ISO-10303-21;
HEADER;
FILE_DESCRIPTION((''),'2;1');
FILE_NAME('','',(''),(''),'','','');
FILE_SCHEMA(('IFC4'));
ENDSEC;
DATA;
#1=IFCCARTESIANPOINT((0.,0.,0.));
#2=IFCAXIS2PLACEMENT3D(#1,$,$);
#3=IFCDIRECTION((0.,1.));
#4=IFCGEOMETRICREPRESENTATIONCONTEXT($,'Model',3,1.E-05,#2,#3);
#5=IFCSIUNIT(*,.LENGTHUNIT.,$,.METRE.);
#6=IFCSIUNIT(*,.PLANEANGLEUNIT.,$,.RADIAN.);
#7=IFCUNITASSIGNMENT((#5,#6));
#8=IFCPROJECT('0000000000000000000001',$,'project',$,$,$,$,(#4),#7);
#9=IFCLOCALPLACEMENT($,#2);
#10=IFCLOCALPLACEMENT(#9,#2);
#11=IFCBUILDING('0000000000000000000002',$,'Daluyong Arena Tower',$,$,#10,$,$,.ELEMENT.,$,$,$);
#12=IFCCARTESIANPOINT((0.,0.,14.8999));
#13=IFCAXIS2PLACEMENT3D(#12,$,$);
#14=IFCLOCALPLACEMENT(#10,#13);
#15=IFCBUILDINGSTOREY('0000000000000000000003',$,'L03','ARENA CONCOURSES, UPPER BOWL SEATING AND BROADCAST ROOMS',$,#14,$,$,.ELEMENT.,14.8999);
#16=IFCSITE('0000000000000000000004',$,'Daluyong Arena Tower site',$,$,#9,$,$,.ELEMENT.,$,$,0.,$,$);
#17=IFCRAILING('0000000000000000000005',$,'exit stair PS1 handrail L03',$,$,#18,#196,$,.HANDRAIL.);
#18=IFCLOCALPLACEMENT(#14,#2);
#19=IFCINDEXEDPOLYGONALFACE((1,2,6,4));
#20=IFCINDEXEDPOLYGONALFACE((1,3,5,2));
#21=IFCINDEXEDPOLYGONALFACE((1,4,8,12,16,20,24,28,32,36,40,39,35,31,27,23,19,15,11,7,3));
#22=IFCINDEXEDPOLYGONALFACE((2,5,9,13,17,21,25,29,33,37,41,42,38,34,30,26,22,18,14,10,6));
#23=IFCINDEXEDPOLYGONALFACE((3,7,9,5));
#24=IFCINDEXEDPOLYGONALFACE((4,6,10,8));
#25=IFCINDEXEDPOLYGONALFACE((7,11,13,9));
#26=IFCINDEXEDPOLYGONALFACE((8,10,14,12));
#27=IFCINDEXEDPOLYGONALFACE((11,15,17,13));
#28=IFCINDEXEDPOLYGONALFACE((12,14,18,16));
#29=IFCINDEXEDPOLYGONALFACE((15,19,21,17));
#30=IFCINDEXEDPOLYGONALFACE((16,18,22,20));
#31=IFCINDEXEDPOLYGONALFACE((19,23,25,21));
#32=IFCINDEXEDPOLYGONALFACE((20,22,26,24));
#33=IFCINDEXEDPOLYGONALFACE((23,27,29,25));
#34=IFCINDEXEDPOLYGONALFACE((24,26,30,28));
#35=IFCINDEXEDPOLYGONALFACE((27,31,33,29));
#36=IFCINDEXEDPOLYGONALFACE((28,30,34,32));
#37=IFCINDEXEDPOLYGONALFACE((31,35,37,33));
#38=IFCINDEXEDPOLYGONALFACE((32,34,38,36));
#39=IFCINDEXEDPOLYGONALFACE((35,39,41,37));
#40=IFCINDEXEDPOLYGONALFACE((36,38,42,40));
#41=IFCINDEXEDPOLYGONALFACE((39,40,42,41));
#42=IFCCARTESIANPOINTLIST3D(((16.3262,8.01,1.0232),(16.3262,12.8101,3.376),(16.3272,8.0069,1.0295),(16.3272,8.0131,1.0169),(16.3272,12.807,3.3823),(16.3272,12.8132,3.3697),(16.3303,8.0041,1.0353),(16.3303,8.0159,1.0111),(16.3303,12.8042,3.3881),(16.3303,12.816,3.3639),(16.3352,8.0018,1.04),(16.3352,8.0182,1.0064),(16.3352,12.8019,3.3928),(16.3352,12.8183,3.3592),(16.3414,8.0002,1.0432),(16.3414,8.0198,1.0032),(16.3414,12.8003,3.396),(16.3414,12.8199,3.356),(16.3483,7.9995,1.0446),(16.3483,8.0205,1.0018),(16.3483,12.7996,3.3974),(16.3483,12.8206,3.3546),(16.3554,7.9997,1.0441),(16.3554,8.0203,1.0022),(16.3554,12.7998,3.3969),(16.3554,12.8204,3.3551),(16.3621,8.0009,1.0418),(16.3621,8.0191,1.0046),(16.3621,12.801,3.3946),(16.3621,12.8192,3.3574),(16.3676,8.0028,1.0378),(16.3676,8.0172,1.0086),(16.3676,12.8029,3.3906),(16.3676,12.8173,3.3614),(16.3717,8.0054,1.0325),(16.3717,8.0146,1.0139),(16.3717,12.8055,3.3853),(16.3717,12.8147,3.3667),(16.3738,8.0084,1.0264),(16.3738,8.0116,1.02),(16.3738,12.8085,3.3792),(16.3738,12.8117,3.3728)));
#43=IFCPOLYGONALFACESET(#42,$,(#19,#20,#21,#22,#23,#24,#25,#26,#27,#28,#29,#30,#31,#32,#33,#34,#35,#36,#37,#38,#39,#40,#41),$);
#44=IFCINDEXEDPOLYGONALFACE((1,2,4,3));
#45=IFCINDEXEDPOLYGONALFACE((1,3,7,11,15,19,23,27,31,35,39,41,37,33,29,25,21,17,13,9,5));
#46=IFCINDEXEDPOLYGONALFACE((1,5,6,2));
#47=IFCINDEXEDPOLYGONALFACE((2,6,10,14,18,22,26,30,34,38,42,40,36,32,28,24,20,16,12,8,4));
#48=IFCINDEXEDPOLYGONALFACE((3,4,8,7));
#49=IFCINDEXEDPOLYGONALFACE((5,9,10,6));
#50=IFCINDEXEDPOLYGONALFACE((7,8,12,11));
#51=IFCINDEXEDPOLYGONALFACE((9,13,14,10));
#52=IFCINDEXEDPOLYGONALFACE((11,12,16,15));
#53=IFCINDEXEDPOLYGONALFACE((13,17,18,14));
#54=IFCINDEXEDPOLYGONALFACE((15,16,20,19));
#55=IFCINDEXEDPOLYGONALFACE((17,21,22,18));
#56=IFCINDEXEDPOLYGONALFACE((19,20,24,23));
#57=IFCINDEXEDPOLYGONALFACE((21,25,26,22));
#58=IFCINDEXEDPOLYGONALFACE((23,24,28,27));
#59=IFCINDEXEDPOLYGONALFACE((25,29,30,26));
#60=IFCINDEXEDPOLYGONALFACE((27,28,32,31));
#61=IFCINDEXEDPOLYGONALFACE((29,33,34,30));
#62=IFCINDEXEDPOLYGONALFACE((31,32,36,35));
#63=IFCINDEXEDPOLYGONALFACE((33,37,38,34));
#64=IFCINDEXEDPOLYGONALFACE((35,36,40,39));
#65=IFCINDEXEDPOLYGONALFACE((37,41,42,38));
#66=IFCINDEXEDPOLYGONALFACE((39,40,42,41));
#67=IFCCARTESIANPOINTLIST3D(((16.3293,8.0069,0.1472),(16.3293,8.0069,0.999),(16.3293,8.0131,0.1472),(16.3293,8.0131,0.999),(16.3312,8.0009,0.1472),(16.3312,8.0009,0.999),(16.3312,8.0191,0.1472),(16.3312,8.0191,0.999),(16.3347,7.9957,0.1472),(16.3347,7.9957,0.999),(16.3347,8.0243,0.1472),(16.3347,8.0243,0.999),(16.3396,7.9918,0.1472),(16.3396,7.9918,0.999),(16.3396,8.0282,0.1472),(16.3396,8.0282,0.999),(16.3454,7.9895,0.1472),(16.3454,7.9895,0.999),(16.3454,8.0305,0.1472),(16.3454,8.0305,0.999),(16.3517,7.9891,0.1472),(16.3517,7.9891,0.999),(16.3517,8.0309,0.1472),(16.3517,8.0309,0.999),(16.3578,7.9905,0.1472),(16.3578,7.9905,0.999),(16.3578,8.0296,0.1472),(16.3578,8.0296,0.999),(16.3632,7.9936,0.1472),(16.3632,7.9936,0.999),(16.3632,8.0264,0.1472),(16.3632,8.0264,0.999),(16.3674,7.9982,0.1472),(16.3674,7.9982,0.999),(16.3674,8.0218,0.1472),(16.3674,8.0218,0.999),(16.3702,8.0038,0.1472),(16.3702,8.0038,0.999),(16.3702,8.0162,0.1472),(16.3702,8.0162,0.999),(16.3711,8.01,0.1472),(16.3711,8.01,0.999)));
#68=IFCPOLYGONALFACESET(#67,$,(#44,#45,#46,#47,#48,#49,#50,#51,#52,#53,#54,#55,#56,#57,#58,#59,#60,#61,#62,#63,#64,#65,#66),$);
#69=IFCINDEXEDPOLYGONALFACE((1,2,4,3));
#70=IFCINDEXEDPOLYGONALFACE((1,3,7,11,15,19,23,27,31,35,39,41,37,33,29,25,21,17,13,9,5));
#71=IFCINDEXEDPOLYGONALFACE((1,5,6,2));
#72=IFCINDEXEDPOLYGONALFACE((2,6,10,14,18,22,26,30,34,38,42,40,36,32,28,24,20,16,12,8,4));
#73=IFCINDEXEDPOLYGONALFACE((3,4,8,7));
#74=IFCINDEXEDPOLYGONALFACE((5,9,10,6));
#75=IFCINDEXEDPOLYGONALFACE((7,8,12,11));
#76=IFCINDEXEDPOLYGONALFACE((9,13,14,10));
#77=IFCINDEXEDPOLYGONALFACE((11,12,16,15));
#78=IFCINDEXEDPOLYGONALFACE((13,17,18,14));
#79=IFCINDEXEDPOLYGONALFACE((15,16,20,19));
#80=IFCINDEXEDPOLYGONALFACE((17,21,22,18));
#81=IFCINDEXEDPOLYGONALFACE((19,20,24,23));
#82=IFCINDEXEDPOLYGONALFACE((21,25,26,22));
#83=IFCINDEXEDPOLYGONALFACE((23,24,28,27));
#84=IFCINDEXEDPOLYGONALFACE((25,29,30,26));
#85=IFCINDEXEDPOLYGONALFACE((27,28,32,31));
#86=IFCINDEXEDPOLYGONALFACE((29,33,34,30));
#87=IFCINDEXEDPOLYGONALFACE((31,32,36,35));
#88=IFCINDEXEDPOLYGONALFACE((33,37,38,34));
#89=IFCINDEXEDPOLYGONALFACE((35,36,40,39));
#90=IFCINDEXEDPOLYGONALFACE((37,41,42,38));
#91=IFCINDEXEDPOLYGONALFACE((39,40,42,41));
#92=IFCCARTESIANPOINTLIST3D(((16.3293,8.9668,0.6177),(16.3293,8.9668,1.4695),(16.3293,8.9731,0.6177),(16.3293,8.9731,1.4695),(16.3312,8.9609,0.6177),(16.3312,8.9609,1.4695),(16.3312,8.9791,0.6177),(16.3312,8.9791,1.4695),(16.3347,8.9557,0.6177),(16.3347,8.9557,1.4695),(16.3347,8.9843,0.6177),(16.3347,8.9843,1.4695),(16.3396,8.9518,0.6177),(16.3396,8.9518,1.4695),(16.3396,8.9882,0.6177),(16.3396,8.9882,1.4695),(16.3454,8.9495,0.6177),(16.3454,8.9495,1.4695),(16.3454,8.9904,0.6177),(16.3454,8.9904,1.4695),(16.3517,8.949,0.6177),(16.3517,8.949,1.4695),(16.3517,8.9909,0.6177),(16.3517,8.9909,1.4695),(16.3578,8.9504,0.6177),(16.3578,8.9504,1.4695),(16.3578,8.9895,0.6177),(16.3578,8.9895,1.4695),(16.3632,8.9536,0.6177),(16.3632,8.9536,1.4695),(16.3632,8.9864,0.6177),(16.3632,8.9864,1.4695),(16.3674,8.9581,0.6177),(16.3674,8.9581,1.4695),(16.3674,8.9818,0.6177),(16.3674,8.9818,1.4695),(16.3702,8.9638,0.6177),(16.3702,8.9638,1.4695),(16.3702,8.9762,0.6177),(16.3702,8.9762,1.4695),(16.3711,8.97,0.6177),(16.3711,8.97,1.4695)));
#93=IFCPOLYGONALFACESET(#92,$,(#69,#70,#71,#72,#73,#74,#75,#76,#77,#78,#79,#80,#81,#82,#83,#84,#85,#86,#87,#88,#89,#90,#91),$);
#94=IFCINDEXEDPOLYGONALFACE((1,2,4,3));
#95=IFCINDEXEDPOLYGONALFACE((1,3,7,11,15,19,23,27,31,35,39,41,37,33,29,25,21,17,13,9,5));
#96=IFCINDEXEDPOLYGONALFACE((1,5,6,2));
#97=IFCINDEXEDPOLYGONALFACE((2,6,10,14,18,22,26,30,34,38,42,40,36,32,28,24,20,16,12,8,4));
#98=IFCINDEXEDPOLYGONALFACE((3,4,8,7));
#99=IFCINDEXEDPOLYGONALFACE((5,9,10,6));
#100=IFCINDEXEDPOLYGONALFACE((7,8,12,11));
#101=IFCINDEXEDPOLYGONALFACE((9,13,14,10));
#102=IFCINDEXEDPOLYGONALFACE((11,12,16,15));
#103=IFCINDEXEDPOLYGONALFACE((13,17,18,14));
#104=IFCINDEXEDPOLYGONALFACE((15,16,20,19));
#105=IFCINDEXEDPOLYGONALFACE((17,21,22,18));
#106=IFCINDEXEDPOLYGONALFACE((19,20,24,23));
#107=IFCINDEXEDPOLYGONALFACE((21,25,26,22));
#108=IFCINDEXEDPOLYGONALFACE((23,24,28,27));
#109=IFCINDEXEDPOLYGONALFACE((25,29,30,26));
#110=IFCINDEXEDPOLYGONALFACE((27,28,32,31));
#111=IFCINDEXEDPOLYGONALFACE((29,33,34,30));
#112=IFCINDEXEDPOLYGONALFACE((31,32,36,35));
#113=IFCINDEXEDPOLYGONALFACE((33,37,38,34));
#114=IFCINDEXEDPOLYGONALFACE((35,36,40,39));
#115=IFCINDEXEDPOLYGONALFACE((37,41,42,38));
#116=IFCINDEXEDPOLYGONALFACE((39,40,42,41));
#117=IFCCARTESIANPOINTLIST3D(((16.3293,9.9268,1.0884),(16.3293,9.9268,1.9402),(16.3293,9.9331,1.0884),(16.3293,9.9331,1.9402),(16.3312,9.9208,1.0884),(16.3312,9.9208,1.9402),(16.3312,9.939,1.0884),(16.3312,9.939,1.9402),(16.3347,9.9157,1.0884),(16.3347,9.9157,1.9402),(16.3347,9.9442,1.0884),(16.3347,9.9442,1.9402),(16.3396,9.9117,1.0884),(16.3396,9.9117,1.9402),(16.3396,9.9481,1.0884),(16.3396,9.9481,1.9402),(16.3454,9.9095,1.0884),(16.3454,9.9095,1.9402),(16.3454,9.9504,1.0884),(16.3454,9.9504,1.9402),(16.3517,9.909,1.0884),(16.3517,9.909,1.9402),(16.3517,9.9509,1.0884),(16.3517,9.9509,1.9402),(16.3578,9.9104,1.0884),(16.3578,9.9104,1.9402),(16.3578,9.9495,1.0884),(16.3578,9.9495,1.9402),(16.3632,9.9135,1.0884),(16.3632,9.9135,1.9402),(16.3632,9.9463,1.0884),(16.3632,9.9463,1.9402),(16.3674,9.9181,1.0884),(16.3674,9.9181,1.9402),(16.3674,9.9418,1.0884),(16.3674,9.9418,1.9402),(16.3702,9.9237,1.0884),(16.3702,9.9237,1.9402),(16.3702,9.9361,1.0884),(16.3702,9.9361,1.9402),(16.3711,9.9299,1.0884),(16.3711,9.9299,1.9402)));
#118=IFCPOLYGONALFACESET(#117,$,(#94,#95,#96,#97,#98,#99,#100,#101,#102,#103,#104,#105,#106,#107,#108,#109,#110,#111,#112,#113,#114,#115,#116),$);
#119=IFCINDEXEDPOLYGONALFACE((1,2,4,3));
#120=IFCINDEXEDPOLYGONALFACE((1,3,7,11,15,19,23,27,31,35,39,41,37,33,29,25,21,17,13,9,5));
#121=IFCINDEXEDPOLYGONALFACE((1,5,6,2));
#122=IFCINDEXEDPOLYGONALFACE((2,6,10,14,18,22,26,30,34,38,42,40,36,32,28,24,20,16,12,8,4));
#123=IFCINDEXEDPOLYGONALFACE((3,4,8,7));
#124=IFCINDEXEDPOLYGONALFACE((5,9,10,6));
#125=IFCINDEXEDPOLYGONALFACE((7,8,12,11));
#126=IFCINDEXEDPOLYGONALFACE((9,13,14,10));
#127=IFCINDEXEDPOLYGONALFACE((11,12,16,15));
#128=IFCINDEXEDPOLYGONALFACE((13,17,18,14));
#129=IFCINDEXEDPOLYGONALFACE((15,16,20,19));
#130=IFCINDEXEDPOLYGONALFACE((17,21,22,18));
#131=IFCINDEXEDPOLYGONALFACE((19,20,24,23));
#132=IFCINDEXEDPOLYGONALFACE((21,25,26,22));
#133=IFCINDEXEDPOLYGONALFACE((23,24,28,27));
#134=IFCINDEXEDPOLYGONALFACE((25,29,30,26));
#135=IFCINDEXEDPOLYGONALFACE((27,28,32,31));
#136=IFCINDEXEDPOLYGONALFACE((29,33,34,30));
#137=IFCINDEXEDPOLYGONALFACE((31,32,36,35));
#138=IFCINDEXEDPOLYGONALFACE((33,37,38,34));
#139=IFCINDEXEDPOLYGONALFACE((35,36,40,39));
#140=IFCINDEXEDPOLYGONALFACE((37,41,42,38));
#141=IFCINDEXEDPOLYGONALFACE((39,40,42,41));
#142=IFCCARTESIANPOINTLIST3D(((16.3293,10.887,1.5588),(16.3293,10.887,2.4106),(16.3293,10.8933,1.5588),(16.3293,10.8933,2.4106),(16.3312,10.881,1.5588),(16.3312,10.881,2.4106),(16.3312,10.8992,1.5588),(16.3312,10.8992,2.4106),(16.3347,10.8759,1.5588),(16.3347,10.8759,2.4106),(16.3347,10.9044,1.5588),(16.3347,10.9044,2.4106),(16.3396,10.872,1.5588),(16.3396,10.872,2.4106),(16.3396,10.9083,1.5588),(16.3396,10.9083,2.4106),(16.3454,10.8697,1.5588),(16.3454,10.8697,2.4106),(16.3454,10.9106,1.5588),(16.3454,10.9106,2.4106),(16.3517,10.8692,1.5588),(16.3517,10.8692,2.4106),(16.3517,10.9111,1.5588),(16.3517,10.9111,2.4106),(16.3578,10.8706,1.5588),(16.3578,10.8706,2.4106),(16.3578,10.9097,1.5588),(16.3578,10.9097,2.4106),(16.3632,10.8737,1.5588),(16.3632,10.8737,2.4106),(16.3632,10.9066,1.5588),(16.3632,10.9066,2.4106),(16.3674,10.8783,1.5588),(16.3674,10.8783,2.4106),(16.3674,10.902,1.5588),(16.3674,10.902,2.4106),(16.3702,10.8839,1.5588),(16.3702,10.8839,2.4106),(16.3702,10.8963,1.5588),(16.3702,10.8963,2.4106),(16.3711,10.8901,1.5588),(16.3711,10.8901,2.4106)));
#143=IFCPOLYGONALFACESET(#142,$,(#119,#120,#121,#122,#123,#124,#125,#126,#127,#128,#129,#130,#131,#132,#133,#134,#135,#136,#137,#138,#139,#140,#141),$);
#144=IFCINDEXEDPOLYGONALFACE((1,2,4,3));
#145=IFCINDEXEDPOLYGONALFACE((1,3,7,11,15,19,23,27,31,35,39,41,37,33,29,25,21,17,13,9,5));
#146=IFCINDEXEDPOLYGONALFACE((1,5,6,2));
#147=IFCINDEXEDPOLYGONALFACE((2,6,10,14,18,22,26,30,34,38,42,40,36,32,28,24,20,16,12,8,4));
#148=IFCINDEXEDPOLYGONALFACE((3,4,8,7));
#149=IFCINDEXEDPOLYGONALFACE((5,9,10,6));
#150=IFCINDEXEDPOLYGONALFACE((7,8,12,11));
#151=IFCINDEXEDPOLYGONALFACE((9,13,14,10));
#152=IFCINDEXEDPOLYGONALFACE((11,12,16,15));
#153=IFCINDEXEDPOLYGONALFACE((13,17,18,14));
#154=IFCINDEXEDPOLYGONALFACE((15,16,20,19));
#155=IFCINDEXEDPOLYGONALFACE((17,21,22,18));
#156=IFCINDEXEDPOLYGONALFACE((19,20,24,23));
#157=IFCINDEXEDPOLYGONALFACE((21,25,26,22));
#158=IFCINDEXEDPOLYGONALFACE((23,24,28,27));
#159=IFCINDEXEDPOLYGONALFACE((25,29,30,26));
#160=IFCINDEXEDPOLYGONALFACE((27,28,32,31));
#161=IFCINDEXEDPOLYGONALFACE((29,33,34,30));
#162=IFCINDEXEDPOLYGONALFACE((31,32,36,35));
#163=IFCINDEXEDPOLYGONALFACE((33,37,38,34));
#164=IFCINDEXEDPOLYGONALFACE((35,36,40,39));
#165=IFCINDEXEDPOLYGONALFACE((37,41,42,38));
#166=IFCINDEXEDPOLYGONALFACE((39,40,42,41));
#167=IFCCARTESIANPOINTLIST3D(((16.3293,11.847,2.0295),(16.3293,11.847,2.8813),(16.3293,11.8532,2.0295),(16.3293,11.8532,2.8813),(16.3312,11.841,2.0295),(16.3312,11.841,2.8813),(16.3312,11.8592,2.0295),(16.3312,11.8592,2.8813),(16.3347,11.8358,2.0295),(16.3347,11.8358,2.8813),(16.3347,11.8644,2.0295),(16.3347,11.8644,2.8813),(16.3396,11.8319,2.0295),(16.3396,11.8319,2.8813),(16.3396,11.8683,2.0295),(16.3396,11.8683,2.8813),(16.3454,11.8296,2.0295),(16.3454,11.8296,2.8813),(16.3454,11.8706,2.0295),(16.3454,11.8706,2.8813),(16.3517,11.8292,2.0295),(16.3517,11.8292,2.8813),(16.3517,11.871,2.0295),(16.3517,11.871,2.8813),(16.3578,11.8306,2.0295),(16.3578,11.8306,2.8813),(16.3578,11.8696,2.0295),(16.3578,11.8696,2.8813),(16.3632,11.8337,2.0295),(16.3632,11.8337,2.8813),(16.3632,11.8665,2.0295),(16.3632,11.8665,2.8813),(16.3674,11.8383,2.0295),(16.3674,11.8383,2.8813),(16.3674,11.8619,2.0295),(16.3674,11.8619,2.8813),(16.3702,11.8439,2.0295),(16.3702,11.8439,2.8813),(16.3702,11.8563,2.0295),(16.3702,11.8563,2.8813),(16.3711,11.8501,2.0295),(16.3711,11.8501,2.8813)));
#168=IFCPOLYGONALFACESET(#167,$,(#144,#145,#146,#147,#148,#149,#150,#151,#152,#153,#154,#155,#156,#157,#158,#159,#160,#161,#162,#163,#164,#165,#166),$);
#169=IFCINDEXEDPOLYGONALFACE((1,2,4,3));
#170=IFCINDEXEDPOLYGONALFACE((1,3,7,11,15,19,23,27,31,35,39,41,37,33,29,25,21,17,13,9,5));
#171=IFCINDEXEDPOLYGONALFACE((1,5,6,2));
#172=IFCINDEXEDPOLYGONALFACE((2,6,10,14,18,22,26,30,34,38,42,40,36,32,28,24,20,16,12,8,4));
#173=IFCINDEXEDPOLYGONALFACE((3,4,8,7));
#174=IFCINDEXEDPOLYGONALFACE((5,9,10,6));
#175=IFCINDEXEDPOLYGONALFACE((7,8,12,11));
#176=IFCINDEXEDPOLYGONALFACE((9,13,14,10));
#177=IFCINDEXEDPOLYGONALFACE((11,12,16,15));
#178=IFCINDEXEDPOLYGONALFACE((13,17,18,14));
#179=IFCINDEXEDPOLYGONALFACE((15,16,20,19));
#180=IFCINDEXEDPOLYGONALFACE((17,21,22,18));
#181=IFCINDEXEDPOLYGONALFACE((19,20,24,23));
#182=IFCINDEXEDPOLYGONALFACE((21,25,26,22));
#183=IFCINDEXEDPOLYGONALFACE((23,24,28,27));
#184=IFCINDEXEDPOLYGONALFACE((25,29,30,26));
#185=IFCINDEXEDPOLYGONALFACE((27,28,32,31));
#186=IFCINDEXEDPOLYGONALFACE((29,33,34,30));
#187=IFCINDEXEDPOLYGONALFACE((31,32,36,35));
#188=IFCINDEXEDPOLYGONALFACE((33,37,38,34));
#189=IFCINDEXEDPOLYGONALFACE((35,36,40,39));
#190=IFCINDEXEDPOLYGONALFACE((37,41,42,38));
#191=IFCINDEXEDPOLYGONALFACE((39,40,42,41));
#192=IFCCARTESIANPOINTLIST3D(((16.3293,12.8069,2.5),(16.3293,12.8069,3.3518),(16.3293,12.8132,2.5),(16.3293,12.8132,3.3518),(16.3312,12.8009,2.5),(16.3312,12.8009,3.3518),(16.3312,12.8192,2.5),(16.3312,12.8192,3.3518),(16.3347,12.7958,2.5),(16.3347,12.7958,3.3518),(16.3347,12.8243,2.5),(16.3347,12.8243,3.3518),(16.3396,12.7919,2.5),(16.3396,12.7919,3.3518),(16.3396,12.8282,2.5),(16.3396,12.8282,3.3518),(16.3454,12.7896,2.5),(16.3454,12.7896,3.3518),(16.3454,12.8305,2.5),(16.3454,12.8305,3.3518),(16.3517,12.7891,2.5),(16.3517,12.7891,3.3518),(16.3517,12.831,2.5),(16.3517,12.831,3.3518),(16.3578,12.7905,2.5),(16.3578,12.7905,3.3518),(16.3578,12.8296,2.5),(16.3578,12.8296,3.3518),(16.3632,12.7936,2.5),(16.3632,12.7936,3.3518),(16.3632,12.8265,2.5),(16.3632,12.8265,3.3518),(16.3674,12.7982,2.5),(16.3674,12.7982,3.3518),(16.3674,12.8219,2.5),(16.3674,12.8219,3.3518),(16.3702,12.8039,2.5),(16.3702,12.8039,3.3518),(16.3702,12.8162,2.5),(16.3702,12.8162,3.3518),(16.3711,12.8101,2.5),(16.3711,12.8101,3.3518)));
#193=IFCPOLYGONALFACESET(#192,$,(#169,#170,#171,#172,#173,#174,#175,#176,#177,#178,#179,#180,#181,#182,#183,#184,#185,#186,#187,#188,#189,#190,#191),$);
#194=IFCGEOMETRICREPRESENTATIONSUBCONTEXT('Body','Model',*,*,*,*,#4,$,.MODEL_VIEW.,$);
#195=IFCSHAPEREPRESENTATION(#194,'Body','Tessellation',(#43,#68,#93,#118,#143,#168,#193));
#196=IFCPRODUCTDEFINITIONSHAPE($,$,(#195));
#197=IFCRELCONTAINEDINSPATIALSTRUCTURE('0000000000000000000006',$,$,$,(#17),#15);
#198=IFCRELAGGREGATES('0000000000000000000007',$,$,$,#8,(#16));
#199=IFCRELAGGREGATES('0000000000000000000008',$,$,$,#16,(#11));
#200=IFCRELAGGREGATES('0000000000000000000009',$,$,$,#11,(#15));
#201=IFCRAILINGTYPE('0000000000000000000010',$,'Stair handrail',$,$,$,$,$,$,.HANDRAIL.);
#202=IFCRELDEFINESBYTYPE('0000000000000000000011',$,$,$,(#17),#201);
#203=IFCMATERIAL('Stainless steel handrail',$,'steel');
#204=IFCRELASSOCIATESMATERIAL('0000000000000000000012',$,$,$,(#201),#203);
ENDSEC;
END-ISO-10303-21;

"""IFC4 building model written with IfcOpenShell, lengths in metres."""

from ifc_helpers import new_model, si_unit, direction, frame, origin, origin_2d, place, context, subcontext, project, spatial, circle, extrude, material, type_object, element, save


model = new_model("IFC4")

# Units and contexts
model_context = context("Model", 3, precision=1e-05, world=origin(), true_north=direction((0.0, 1.0)))
body_context = subcontext(model_context, "Body", "Model", "MODEL_VIEW")
ifc_project = project(units=[si_unit("LENGTHUNIT", "METRE"), si_unit("PLANEANGLEUNIT", "RADIAN")], contexts=[model_context])

# Site, building, storey
site_placement = place(None, origin())
site = spatial("IfcSite", under=ifc_project, at=site_placement, Name="Daluyong Arena Tower site", CompositionType="ELEMENT", RefElevation=0.0)
building_placement = place(site_placement, origin())
building = spatial("IfcBuilding", under=site, at=building_placement, Name="Daluyong Arena Tower", CompositionType="ELEMENT")
storey_placement = place(building_placement, frame((0.0, 0.0, 14.8999)))
storey = spatial("IfcBuildingStorey", under=building, at=storey_placement, Name="L03", Description="ARENA CONCOURSES, UPPER BOWL SEATING AND BROADCAST ROOMS", CompositionType="ELEMENT", Elevation=14.8999)

# Railing
ifc_material_1 = material(Name="Stainless steel handrail", Category="steel")
railing_type_1 = type_object("IfcRailingType", Name="Stair handrail", PredefinedType="HANDRAIL", material=ifc_material_1)
railing_1_placement = place(storey_placement, frame((16.3501, 8.01, 0.1472)))
element("IfcRailing", 1, at=railing_1_placement, inside=storey, type_object=railing_type_1, Name="exit stair PS1 handrail L03", PredefinedType="HANDRAIL", context=body_context, shape_type="SweptSolid", body=[
    extrude(circle(Radius=0.0239, at=origin_2d()), frame((0.0, 0.0, 0.876), z_axis=(0.0, 0.897934, 0.44013), x_axis=(-1.0, 0.0, 0.0)), (0.0, 0.0, 1.0), 5.3457),
    extrude(circle(Radius=0.021, at=origin_2d()), origin(), (0.0, 0.0, 1.0), 0.8518),
    extrude(circle(Radius=0.021, at=origin_2d()), frame((0.0, 0.96, 0.4705)), (0.0, 0.0, 1.0), 0.8518),
    extrude(circle(Radius=0.021, at=origin_2d()), frame((0.0, 1.9199, 0.9412)), (0.0, 0.0, 1.0), 0.8518),
    extrude(circle(Radius=0.021, at=origin_2d()), frame((0.0, 2.8801, 1.4116)), (0.0, 0.0, 1.0), 0.8518),
    extrude(circle(Radius=0.021, at=origin_2d()), frame((0.0, 3.8401, 1.8823)), (0.0, 0.0, 1.0), 0.8518),
    extrude(circle(Radius=0.021, at=origin_2d()), frame((0.0, 4.8, 2.3528)), (0.0, 0.0, 1.0), 0.8518),
])

save(model, "model.ifc")
